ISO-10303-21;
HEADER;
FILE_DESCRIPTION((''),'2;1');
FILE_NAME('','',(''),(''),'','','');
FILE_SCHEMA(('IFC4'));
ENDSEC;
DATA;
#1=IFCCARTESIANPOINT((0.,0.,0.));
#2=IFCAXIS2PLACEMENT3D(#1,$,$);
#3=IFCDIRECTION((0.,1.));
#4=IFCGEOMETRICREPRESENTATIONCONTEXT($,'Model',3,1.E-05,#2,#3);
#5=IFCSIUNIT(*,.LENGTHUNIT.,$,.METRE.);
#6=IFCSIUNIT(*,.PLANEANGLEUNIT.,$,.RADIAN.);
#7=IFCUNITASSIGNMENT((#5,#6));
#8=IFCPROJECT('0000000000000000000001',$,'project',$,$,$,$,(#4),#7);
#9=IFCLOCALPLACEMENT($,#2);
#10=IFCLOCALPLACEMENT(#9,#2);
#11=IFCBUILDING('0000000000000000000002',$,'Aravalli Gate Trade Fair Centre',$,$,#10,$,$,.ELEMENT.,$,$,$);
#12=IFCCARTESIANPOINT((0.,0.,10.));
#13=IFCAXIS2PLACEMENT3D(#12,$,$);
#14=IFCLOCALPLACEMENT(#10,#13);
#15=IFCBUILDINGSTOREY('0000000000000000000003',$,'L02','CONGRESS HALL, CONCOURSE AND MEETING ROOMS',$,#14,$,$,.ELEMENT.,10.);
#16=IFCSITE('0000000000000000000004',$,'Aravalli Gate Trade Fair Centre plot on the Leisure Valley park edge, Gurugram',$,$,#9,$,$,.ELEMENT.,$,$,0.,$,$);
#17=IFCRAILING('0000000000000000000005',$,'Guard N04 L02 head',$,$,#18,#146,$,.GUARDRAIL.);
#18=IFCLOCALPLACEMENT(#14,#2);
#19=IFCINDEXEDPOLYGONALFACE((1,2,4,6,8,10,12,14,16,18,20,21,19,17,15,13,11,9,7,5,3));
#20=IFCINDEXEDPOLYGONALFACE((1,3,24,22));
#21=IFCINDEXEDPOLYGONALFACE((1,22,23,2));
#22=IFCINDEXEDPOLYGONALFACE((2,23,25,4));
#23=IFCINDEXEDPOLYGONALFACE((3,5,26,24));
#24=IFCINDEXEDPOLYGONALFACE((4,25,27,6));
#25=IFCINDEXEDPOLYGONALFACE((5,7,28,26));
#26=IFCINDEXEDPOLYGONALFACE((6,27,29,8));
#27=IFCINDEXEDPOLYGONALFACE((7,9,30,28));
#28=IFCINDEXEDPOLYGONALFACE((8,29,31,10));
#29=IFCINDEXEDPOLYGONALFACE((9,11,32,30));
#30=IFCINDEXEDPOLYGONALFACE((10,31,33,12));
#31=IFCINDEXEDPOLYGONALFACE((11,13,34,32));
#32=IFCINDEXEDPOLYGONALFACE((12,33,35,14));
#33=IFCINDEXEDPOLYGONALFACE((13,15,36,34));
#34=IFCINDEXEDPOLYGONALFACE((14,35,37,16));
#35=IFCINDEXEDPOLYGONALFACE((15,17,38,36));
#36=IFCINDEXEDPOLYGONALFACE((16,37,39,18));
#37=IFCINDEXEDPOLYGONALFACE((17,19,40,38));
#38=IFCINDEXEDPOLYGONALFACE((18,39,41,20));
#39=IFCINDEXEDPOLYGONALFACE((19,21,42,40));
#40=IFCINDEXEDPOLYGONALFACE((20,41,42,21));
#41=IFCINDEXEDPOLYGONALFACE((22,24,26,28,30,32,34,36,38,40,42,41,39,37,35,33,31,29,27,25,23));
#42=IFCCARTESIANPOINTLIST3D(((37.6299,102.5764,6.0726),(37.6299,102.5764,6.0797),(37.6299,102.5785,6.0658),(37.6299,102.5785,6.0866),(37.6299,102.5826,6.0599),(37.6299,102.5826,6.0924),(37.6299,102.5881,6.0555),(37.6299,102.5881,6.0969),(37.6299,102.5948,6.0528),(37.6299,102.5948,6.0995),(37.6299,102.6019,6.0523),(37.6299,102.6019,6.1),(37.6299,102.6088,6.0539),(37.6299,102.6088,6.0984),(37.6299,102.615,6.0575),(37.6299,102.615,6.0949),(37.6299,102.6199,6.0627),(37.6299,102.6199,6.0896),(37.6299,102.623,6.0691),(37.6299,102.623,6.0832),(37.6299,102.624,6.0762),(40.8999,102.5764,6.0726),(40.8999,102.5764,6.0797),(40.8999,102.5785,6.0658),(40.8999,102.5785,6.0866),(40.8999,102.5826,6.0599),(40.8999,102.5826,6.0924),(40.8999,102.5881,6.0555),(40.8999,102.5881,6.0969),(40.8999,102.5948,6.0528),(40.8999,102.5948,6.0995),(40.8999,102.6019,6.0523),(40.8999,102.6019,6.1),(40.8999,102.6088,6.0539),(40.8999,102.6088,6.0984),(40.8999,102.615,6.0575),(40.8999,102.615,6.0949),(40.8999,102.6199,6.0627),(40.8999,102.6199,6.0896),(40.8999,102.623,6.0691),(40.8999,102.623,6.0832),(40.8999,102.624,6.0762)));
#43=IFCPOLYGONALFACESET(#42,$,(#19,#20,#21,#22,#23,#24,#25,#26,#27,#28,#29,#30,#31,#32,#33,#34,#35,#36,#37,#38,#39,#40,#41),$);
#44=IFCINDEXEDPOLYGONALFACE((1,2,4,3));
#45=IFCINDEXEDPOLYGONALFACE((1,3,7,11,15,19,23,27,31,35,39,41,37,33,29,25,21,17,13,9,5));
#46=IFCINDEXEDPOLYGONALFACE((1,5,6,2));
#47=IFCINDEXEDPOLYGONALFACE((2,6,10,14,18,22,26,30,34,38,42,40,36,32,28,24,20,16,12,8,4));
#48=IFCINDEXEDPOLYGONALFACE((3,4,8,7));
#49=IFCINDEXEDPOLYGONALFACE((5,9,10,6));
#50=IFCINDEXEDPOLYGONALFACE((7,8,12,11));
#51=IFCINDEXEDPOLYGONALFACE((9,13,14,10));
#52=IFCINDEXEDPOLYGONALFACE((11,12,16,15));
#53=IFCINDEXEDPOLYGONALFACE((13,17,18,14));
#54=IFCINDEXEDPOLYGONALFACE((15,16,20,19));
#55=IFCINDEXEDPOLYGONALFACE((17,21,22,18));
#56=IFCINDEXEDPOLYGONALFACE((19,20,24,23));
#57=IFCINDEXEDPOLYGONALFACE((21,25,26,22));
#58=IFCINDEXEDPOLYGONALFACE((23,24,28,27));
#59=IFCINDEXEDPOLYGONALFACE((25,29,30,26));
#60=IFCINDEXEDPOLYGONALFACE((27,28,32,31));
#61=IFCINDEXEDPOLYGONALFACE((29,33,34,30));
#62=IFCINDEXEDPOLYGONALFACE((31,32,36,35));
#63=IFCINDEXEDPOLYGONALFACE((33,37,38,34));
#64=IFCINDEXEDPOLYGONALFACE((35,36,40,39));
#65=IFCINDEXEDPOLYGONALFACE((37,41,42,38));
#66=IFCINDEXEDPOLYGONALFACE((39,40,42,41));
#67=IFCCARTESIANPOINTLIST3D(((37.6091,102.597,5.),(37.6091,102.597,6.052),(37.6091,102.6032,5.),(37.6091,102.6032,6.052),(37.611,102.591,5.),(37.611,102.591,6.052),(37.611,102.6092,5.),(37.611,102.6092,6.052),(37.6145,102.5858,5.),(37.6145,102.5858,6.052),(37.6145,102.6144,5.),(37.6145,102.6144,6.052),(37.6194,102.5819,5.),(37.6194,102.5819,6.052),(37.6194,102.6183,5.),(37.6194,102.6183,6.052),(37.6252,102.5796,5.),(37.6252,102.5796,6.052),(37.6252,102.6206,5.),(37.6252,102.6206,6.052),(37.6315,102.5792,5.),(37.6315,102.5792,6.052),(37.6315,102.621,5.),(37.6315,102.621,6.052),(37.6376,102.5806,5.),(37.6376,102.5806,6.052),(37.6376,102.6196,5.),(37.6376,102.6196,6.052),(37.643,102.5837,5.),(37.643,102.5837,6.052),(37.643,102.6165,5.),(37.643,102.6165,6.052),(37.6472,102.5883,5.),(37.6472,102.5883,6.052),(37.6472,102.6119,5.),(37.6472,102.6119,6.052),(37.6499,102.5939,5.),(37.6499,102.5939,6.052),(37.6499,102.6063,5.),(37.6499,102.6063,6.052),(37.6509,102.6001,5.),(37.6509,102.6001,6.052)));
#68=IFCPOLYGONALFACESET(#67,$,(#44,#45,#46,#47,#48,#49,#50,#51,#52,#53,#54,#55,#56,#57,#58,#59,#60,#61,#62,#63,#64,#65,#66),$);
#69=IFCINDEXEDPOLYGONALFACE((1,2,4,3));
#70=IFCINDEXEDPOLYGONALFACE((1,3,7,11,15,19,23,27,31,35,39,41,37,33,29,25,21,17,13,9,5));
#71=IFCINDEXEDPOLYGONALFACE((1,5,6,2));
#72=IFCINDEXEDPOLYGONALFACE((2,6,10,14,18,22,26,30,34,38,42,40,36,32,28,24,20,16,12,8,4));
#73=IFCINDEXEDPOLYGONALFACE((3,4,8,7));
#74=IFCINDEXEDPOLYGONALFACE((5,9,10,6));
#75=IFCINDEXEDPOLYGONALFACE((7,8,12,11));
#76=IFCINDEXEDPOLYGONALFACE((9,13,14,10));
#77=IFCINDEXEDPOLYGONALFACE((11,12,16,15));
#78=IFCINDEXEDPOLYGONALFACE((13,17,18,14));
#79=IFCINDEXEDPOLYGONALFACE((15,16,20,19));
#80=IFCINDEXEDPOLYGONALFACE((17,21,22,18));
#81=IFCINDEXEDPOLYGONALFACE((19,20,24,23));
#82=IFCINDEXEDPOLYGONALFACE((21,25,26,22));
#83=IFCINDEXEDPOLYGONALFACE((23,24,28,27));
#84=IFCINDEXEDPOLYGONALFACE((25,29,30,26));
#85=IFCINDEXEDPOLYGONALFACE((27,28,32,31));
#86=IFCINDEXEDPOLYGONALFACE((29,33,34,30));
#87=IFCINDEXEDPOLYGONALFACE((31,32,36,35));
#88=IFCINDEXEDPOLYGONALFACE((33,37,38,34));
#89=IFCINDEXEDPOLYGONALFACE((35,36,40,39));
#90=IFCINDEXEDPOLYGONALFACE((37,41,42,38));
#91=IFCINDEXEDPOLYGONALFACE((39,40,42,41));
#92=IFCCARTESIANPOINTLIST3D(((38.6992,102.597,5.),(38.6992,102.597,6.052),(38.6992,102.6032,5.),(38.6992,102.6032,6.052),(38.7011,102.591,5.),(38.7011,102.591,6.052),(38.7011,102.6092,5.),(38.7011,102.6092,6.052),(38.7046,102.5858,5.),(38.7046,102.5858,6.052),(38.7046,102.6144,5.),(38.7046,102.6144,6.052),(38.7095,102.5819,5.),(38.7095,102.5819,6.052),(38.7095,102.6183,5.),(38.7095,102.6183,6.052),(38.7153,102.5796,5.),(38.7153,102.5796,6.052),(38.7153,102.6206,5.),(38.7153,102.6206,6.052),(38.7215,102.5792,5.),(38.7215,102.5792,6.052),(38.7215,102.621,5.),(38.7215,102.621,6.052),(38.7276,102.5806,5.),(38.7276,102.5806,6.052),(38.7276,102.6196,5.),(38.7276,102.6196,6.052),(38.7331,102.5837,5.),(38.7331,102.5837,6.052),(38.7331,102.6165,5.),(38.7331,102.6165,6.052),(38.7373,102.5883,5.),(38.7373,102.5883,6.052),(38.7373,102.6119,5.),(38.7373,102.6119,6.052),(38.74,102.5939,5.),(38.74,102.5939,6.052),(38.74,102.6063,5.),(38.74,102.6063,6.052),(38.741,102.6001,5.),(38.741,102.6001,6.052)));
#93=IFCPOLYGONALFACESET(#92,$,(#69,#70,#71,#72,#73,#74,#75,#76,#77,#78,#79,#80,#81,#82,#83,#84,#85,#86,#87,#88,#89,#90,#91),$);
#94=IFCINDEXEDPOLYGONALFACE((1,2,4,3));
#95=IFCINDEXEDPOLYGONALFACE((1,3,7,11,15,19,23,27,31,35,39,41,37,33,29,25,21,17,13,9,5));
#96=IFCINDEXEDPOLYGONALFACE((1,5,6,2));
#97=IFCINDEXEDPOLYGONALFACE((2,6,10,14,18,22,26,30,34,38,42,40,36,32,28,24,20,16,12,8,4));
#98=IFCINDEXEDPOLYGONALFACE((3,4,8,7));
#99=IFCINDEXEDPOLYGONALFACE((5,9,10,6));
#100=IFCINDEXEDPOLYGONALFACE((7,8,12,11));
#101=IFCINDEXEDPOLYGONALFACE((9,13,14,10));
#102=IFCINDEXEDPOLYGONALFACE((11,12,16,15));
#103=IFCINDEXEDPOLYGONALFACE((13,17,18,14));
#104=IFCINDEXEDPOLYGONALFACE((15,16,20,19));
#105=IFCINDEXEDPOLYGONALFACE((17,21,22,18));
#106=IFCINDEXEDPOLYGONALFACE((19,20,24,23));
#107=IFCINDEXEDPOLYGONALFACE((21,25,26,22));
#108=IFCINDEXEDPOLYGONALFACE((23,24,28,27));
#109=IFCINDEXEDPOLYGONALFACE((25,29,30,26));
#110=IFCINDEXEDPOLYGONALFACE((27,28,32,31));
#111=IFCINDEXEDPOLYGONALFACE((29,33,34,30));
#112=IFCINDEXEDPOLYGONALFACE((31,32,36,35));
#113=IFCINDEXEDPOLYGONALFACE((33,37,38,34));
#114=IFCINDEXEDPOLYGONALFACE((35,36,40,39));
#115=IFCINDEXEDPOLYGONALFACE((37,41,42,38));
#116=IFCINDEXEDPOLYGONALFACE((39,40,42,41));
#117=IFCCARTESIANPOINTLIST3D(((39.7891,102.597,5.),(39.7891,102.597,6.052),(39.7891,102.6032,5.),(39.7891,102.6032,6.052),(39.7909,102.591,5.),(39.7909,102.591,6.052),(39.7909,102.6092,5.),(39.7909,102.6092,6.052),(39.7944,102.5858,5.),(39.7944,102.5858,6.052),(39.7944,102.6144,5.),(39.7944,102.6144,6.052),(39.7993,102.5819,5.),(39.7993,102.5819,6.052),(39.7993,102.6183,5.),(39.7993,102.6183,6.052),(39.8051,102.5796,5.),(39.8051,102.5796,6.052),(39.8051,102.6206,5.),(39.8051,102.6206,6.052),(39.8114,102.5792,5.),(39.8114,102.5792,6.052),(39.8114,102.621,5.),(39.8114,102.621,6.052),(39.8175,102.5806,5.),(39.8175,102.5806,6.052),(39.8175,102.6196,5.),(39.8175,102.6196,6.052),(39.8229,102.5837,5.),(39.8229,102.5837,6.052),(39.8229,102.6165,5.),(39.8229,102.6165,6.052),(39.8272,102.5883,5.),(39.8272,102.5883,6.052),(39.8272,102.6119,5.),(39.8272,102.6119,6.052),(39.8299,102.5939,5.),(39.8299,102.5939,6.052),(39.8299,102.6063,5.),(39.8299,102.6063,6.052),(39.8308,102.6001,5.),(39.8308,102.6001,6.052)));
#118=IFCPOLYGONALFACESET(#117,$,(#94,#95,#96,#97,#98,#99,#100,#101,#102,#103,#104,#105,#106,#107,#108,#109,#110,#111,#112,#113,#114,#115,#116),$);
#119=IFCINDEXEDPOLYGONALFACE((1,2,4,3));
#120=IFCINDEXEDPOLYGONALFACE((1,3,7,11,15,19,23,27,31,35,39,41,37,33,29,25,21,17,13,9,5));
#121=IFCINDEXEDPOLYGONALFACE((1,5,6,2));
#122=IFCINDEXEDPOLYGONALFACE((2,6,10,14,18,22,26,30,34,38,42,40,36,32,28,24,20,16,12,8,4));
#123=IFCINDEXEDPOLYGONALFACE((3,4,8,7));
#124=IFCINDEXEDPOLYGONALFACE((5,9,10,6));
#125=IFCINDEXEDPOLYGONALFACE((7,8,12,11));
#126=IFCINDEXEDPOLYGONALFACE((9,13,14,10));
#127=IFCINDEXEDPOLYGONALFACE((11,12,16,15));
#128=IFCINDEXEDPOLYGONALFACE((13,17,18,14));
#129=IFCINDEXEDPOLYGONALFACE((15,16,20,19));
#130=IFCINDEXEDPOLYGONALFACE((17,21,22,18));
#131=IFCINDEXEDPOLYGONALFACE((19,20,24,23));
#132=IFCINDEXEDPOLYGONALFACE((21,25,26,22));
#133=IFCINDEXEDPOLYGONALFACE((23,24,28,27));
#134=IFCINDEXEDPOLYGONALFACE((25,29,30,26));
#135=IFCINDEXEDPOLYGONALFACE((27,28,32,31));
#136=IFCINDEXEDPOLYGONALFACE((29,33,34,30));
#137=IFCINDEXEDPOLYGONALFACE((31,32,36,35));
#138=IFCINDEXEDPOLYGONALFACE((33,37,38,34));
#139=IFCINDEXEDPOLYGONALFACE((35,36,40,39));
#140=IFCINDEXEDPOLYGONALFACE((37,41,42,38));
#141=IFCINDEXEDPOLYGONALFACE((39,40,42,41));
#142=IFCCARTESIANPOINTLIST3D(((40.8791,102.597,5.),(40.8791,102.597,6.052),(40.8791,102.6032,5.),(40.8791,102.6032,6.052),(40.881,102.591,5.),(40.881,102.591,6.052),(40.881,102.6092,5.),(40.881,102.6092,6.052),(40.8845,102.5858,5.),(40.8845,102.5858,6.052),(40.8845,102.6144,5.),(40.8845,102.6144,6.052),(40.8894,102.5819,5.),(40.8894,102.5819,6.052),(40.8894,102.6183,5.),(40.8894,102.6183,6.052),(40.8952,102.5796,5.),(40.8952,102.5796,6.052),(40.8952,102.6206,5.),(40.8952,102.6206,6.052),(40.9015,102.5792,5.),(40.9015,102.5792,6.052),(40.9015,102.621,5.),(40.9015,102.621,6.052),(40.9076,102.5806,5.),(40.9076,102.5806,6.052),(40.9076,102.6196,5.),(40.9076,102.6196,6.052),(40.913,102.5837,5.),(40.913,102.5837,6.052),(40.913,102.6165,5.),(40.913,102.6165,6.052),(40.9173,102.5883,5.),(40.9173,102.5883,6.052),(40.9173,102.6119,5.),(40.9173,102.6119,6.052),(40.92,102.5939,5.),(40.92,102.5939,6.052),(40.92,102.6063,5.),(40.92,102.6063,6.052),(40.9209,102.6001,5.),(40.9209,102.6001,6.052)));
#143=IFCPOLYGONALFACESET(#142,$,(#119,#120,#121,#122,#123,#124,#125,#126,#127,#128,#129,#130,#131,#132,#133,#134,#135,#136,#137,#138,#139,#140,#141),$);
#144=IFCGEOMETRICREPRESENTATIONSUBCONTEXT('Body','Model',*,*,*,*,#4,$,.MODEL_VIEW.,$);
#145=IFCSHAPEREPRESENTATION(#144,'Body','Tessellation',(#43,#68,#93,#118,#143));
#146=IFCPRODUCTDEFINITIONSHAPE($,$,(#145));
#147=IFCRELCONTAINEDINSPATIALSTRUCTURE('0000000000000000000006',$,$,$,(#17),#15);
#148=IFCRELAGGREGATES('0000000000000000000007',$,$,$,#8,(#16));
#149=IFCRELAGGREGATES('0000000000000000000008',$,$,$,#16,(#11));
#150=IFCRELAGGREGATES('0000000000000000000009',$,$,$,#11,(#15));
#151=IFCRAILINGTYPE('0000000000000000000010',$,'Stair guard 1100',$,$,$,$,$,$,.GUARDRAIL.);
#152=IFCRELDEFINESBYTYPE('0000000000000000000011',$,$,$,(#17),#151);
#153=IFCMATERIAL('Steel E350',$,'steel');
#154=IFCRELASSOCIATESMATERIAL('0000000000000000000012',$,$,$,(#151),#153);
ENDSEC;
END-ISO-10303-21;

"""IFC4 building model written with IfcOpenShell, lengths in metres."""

from ifc_helpers import new_model, si_unit, direction, frame, origin, origin_2d, place, context, subcontext, project, spatial, circle, extrude, material, type_object, element, save


model = new_model("IFC4")

# Units and contexts
model_context = context("Model", 3, precision=1e-05, world=origin(), true_north=direction((0.0, 1.0)))
body_context = subcontext(model_context, "Body", "Model", "MODEL_VIEW")
ifc_project = project(units=[si_unit("LENGTHUNIT", "METRE"), si_unit("PLANEANGLEUNIT", "RADIAN")], contexts=[model_context])

# Site, building, storey
site_placement = place(None, origin())
site = spatial("IfcSite", under=ifc_project, at=site_placement, Name="Aravalli Gate Trade Fair Centre plot on the Leisure Valley park edge, Gurugram", CompositionType="ELEMENT", RefElevation=0.0)
building_placement = place(site_placement, origin())
building = spatial("IfcBuilding", under=site, at=building_placement, Name="Aravalli Gate Trade Fair Centre", CompositionType="ELEMENT")
storey_placement = place(building_placement, frame((0.0, 0.0, 10.0)))
storey = spatial("IfcBuildingStorey", under=building, at=storey_placement, Name="L02", Description="CONGRESS HALL, CONCOURSE AND MEETING ROOMS", CompositionType="ELEMENT", Elevation=10.0)

# Shared definitions
ifc_material_1 = material(Name="Steel E350", Category="steel")

# Railing
railing_type_1 = type_object("IfcRailingType", Name="Stair guard 1100", PredefinedType="GUARDRAIL", material=ifc_material_1)
railing_placement = place(storey_placement, frame((37.6299, 102.6001, 5.0)))
element("IfcRailing", 1, at=railing_placement, inside=storey, type_object=railing_type_1, Name="Guard N04 L02 head", PredefinedType="GUARDRAIL", context=body_context, shape_type="SweptSolid", body=[
    extrude(circle(Radius=0.0239, at=origin_2d()), frame((0.0, 0.0, 1.0762), z_axis=(1.0, 0.0, 0.0), x_axis=(0.0, 1.0, 0.0)), (0.0, 0.0, 1.0), 3.27),
    extrude(circle(Radius=0.021, at=origin_2d()), origin(), (0.0, 0.0, 1.0), 1.052),
    extrude(circle(Radius=0.021, at=origin_2d()), frame((1.0901, 0.0, 0.0)), (0.0, 0.0, 1.0), 1.052),
    extrude(circle(Radius=0.021, at=origin_2d()), frame((2.1799, 0.0, 0.0)), (0.0, 0.0, 1.0), 1.052),
    extrude(circle(Radius=0.021, at=origin_2d()), frame((3.27, 0.0, 0.0)), (0.0, 0.0, 1.0), 1.052),
])

save(model, "model.ifc")
